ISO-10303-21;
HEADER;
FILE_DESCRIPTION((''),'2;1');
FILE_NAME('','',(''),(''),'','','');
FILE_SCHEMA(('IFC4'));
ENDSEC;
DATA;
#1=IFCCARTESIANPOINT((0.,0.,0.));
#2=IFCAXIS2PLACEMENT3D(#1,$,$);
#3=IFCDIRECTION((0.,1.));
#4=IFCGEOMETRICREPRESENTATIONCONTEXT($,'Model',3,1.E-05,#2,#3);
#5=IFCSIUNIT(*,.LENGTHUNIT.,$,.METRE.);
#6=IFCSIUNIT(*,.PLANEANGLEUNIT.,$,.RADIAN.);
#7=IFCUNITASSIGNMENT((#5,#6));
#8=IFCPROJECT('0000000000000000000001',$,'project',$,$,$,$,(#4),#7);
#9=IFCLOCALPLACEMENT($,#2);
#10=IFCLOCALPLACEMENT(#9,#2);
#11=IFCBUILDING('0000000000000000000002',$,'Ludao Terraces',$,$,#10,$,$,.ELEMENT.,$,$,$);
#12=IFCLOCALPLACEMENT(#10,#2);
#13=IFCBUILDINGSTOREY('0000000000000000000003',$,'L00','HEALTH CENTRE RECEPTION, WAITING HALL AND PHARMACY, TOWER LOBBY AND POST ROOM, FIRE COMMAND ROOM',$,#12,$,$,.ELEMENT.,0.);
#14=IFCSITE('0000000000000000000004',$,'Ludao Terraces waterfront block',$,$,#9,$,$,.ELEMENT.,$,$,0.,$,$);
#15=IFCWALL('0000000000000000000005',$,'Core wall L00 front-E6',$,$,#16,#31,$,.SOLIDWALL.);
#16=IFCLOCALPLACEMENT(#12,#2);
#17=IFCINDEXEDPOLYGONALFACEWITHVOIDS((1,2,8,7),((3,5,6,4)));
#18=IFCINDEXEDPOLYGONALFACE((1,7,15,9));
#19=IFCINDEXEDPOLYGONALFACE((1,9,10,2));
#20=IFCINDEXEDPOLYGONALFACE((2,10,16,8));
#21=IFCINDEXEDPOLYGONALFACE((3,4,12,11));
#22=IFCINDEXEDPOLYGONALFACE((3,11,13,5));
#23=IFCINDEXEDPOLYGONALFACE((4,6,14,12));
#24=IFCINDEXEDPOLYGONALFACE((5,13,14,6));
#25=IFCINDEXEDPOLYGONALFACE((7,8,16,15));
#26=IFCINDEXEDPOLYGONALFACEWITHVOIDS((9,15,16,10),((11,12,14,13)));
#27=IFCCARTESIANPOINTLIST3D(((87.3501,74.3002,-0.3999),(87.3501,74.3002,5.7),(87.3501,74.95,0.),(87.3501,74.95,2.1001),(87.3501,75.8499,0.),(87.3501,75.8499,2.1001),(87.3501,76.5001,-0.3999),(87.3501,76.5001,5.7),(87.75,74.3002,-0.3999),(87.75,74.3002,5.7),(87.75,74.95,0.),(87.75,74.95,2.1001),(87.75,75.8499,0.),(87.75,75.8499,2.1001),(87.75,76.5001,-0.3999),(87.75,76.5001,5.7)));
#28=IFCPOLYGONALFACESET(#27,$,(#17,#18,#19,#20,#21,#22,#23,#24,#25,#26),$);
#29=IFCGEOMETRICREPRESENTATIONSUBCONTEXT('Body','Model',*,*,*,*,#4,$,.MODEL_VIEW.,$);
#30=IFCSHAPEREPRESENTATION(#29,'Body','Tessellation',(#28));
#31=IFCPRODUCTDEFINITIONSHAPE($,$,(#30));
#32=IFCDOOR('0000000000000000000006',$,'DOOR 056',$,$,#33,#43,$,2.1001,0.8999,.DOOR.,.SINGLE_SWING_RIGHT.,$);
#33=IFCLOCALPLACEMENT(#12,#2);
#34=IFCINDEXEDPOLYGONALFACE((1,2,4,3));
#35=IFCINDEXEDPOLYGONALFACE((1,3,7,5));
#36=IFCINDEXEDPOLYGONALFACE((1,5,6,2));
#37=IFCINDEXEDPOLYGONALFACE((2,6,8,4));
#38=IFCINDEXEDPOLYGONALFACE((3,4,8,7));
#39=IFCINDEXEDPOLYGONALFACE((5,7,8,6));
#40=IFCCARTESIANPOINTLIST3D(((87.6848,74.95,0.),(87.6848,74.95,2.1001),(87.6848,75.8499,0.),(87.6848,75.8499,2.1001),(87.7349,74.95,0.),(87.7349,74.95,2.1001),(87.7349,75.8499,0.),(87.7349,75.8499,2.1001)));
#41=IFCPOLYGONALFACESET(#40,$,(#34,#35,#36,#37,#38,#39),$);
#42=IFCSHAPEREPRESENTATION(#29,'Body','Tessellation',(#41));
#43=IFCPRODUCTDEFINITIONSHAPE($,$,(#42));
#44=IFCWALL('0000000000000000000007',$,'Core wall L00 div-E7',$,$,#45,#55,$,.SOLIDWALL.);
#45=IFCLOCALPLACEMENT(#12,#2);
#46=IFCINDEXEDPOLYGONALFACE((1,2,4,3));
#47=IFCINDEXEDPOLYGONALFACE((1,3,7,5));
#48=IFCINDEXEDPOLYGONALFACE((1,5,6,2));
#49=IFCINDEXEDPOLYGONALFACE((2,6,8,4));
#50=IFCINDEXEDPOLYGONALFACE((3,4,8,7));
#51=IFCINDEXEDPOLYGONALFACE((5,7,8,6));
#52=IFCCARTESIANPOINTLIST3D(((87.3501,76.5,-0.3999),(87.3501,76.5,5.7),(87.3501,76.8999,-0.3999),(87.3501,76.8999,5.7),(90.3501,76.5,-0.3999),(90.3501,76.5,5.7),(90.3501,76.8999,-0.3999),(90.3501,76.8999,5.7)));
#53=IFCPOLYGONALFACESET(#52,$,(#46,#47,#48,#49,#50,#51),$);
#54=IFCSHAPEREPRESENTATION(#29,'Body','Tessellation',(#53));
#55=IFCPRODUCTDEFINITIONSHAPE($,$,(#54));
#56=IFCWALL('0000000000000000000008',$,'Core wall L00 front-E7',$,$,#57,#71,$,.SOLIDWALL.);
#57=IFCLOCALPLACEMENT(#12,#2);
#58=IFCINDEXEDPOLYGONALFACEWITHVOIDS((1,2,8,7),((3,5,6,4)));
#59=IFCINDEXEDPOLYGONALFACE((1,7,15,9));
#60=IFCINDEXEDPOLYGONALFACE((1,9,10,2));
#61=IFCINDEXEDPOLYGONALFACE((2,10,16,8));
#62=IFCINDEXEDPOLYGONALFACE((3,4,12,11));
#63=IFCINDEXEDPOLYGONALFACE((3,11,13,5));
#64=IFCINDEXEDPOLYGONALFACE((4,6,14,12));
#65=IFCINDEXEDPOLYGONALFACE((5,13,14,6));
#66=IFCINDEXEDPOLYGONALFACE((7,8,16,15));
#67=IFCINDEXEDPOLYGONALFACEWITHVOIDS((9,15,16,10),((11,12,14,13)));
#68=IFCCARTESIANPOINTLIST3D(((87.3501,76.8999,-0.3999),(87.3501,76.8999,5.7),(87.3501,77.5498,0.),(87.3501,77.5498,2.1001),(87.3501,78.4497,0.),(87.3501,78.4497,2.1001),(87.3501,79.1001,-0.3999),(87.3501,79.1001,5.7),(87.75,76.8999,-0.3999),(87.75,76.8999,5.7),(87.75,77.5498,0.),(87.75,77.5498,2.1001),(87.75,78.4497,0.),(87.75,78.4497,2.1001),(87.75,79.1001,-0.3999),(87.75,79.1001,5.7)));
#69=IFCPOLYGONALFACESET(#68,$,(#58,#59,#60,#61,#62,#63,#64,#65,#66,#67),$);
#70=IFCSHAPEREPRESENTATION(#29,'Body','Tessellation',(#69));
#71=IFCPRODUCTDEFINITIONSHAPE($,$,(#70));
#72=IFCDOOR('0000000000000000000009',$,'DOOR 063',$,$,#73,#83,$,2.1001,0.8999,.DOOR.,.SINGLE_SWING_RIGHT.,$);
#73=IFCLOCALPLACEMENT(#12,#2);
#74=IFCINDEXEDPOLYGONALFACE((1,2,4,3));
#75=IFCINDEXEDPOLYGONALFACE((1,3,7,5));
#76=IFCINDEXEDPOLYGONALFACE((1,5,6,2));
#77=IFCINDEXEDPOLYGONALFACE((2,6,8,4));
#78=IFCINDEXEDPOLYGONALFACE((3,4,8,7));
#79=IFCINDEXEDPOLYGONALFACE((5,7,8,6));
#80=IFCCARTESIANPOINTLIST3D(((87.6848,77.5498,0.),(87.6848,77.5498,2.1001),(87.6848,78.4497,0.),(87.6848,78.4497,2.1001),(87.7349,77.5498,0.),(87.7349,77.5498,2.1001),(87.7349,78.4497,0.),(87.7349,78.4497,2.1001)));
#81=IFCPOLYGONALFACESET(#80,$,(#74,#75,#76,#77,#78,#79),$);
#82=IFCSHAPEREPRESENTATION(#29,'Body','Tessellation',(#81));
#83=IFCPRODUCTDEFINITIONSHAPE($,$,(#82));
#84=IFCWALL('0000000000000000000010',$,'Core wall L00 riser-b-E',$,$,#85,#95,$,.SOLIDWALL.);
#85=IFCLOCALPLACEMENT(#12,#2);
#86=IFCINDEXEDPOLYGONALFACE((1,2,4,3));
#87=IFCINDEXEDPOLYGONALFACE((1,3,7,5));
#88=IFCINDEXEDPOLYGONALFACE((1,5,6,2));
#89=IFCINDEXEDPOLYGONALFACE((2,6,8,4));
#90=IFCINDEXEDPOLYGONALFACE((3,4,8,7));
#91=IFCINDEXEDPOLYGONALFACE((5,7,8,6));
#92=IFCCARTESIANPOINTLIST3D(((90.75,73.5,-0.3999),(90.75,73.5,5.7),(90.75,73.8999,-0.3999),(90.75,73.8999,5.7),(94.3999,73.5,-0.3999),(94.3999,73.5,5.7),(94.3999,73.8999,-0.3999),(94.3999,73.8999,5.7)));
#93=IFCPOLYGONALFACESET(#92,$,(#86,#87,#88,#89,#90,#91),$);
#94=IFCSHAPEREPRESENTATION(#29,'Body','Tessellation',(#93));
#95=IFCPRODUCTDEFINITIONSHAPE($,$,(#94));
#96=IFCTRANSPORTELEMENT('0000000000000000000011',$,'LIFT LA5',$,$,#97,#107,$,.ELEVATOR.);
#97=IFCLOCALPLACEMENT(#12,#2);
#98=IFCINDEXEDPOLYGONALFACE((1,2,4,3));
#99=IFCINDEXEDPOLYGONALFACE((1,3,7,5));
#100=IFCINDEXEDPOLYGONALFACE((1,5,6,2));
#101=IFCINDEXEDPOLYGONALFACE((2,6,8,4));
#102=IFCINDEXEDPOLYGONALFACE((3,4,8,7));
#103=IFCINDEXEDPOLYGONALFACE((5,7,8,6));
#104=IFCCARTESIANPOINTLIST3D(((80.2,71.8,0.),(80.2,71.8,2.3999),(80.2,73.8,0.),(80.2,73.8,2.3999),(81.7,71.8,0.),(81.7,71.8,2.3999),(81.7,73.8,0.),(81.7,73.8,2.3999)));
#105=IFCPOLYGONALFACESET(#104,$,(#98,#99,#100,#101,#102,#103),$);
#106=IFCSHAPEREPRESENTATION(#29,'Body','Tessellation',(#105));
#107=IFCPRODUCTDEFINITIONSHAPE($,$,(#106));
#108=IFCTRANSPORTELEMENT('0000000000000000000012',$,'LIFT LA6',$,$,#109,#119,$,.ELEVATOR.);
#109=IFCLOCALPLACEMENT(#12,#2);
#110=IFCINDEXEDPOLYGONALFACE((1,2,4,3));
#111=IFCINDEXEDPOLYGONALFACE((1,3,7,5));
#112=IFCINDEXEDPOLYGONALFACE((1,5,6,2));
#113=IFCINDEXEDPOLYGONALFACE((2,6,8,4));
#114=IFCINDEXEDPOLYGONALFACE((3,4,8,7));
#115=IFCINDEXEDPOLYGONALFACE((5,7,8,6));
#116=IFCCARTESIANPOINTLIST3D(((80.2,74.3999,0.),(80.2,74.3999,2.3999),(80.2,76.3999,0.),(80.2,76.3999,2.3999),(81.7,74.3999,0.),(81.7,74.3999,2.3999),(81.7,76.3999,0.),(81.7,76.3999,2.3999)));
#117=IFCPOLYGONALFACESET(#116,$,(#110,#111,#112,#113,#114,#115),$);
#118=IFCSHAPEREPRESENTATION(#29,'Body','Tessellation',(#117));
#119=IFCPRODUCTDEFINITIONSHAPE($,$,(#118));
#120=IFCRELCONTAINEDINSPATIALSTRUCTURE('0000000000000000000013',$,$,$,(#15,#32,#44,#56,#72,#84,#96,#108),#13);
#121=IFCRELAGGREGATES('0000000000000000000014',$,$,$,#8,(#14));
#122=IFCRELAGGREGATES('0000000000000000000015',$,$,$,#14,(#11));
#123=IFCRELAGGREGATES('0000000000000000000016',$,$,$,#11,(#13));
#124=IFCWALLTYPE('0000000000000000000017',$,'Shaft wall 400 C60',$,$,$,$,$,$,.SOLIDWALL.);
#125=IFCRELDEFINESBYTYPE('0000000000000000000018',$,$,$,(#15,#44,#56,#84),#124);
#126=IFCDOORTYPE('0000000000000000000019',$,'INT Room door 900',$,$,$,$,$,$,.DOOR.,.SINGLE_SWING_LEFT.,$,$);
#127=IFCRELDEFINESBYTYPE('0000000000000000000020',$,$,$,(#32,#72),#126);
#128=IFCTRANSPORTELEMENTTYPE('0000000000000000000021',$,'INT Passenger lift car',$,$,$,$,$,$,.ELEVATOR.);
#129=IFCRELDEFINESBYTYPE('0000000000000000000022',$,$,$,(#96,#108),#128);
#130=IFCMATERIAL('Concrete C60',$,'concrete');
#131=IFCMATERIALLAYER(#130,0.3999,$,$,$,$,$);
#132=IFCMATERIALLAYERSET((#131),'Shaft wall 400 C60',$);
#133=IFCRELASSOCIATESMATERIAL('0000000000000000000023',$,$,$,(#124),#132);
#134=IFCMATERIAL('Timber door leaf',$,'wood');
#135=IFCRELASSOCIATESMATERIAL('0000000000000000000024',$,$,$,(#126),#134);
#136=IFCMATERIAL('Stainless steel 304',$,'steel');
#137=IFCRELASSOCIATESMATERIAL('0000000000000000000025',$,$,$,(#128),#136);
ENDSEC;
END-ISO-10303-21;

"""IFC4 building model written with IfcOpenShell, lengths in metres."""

from ifc_helpers import new_model, si_unit, direction, frame, frame_2d, origin, origin_2d, place, context, subcontext, project, spatial, rectangle, extrude, material, layer, layer_set, type_object, element, fill, save


model = new_model("IFC4")

# Units and contexts
model_context = context("Model", 3, precision=1e-05, world=origin(), true_north=direction((0.0, 1.0)))
body_context = subcontext(model_context, "Body", "Model", "MODEL_VIEW")
ifc_project = project(units=[si_unit("LENGTHUNIT", "METRE"), si_unit("PLANEANGLEUNIT", "RADIAN")], contexts=[model_context])

# Site, building, storey
site_placement = place(None, origin())
site = spatial("IfcSite", under=ifc_project, at=site_placement, Name="Ludao Terraces waterfront block", CompositionType="ELEMENT", RefElevation=0.0)
building_placement = place(site_placement, origin())
building = spatial("IfcBuilding", under=site, at=building_placement, Name="Ludao Terraces", CompositionType="ELEMENT")
storey_placement = place(building_placement, origin())
storey = spatial("IfcBuildingStorey", under=building, at=storey_placement, Name="L00", Description="HEALTH CENTRE RECEPTION, WAITING HALL AND PHARMACY, TOWER LOBBY AND POST ROOM, FIRE COMMAND ROOM", CompositionType="ELEMENT", Elevation=0.0)

# Shared definitions
ifc_material_1 = material(Name="Concrete C60", Category="concrete")
ifc_layer_1 = layer(ifc_material_1, 0.3999)
ifc_layer_set_1 = layer_set([ifc_layer_1], Name="Shaft wall 400 C60")
wall_type_1 = type_object("IfcWallType", Name="Shaft wall 400 C60", PredefinedType="SOLIDWALL", material=ifc_layer_set_1)

# Shared definitions
ifc_material_2 = material(Name="Stainless steel 304", Category="steel")
ifc_material_3 = material(Name="Timber door leaf", Category="wood")
door_type_1 = type_object("IfcDoorType", Name="INT Room door 900", OperationType="SINGLE_SWING_LEFT", PredefinedType="DOOR", material=ifc_material_3)

# Wall, opening, door
wall_1_placement = place(storey_placement, frame((87.55, 74.3, -0.3999), z_axis=(0.0, 0.0, 1.0), x_axis=(0.0, 1.0, 0.0)))
wall_1 = element("IfcWall", 1, at=wall_1_placement, inside=storey, type_object=wall_type_1, Name="Core wall L00 front-E6", PredefinedType="SOLIDWALL", context=body_context, shape_type="SweptSolid", body=[
    extrude(rectangle(XDim=2.2, YDim=0.3999, at=frame_2d((1.1001, 0.0))), origin(), (0.0, 0.0, 1.0), 6.0999),
])
opening_1_placement = place(wall_1_placement, frame((0.6499, 0.0, 0.3999)))
opening_1 = element("IfcOpeningElement", 2, at=opening_1_placement, cuts=wall_1, PredefinedType="OPENING", context=body_context, shape_type="SweptSolid", body=[
    extrude(rectangle(XDim=0.8999, YDim=2.1001, at=frame_2d((0.45, 1.05))), frame((0.0, 0.21, 0.0), z_axis=(0.0, -1.0, 0.0), x_axis=(1.0, 0.0, 0.0)), (0.0, 0.0, 1.0), 0.4199),
])
door_1_placement = place(opening_1_placement, origin())
door_1 = element("IfcDoor", 3, at=door_1_placement, inside=storey, type_object=door_type_1, Name="DOOR 056", OperationType="SINGLE_SWING_RIGHT", OverallHeight=2.1001, OverallWidth=0.8999, PredefinedType="DOOR", context=body_context, shape_type="SweptSolid", body=[
    extrude(rectangle(XDim=0.8999, YDim=2.1001, at=frame_2d((0.45, 1.05))), frame((0.0, -0.1348, 0.0), z_axis=(0.0, -1.0, 0.0), x_axis=(1.0, 0.0, 0.0)), (0.0, 0.0, 1.0), 0.05),
])
fill(opening_1, door_1)

# Wall
wall_2_placement = place(storey_placement, frame((87.3501, 76.7, -0.3999), z_axis=(0.0, 0.0, 1.0), x_axis=(1.0, 0.0, 0.0)))
element("IfcWall", 4, at=wall_2_placement, inside=storey, type_object=wall_type_1, Name="Core wall L00 div-E7", PredefinedType="SOLIDWALL", context=body_context, shape_type="SweptSolid", body=[
    extrude(rectangle(XDim=3.0, YDim=0.3999, at=frame_2d((1.5, 0.0))), origin(), (0.0, 0.0, 1.0), 6.0999),
])

# Wall, opening, door
wall_3_placement = place(storey_placement, frame((87.55, 76.8999, -0.3999), z_axis=(0.0, 0.0, 1.0), x_axis=(0.0, 1.0, 0.0)))
wall_3 = element("IfcWall", 5, at=wall_3_placement, inside=storey, type_object=wall_type_1, Name="Core wall L00 front-E7", PredefinedType="SOLIDWALL", context=body_context, shape_type="SweptSolid", body=[
    extrude(rectangle(XDim=2.2002, YDim=0.3999, at=frame_2d((1.1001, 0.0))), origin(), (0.0, 0.0, 1.0), 6.0999),
])
opening_2_placement = place(wall_3_placement, frame((0.6499, 0.0, 0.3999)))
opening_2 = element("IfcOpeningElement", 6, at=opening_2_placement, cuts=wall_3, PredefinedType="OPENING", context=body_context, shape_type="SweptSolid", body=[
    extrude(rectangle(XDim=0.8999, YDim=2.1001, at=frame_2d((0.45, 1.05))), frame((0.0, 0.21, 0.0), z_axis=(0.0, -1.0, 0.0), x_axis=(1.0, 0.0, 0.0)), (0.0, 0.0, 1.0), 0.4199),
])
door_2_placement = place(opening_2_placement, origin())
door_2 = element("IfcDoor", 7, at=door_2_placement, inside=storey, type_object=door_type_1, Name="DOOR 063", OperationType="SINGLE_SWING_RIGHT", OverallHeight=2.1001, OverallWidth=0.8999, PredefinedType="DOOR", context=body_context, shape_type="SweptSolid", body=[
    extrude(rectangle(XDim=0.8999, YDim=2.1001, at=frame_2d((0.45, 1.05))), frame((0.0, -0.1348, 0.0), z_axis=(0.0, -1.0, 0.0), x_axis=(1.0, 0.0, 0.0)), (0.0, 0.0, 1.0), 0.05),
])
fill(opening_2, door_2)

# Wall
wall_4_placement = place(storey_placement, frame((90.75, 73.7, -0.3999), z_axis=(0.0, 0.0, 1.0), x_axis=(1.0, 0.0, 0.0)))
element("IfcWall", 8, at=wall_4_placement, inside=storey, type_object=wall_type_1, Name="Core wall L00 riser-b-E", PredefinedType="SOLIDWALL", context=body_context, shape_type="SweptSolid", body=[
    extrude(rectangle(XDim=3.6499, YDim=0.3999, at=frame_2d((1.825, 0.0))), origin(), (0.0, 0.0, 1.0), 6.0999),
])

# Transport elements
transport_element_type = type_object("IfcTransportElementType", Name="INT Passenger lift car", PredefinedType="ELEVATOR", material=ifc_material_2)
for number, where, z_axis, x_axis, name in (
    (9, (80.95, 72.8, 0.0), (0.0, 0.0, 1.0), (1.0, 0.0, 0.0), "LIFT LA5"),
    (10, (80.95, 75.3999, 0.0), (0.0, 0.0, 1.0), (1.0, 0.0, 0.0), "LIFT LA6"),
):
    element("IfcTransportElement", number, at=place(storey_placement, frame(where, z_axis=z_axis, x_axis=x_axis)), inside=storey, type_object=transport_element_type, Name=name, PredefinedType="ELEVATOR", context=body_context, shape_type="SweptSolid", body=[
        extrude(rectangle(XDim=1.5, YDim=2.0, at=origin_2d()), origin(), (0.0, 0.0, 1.0), 2.3999),
    ])

save(model, "model.ifc")
